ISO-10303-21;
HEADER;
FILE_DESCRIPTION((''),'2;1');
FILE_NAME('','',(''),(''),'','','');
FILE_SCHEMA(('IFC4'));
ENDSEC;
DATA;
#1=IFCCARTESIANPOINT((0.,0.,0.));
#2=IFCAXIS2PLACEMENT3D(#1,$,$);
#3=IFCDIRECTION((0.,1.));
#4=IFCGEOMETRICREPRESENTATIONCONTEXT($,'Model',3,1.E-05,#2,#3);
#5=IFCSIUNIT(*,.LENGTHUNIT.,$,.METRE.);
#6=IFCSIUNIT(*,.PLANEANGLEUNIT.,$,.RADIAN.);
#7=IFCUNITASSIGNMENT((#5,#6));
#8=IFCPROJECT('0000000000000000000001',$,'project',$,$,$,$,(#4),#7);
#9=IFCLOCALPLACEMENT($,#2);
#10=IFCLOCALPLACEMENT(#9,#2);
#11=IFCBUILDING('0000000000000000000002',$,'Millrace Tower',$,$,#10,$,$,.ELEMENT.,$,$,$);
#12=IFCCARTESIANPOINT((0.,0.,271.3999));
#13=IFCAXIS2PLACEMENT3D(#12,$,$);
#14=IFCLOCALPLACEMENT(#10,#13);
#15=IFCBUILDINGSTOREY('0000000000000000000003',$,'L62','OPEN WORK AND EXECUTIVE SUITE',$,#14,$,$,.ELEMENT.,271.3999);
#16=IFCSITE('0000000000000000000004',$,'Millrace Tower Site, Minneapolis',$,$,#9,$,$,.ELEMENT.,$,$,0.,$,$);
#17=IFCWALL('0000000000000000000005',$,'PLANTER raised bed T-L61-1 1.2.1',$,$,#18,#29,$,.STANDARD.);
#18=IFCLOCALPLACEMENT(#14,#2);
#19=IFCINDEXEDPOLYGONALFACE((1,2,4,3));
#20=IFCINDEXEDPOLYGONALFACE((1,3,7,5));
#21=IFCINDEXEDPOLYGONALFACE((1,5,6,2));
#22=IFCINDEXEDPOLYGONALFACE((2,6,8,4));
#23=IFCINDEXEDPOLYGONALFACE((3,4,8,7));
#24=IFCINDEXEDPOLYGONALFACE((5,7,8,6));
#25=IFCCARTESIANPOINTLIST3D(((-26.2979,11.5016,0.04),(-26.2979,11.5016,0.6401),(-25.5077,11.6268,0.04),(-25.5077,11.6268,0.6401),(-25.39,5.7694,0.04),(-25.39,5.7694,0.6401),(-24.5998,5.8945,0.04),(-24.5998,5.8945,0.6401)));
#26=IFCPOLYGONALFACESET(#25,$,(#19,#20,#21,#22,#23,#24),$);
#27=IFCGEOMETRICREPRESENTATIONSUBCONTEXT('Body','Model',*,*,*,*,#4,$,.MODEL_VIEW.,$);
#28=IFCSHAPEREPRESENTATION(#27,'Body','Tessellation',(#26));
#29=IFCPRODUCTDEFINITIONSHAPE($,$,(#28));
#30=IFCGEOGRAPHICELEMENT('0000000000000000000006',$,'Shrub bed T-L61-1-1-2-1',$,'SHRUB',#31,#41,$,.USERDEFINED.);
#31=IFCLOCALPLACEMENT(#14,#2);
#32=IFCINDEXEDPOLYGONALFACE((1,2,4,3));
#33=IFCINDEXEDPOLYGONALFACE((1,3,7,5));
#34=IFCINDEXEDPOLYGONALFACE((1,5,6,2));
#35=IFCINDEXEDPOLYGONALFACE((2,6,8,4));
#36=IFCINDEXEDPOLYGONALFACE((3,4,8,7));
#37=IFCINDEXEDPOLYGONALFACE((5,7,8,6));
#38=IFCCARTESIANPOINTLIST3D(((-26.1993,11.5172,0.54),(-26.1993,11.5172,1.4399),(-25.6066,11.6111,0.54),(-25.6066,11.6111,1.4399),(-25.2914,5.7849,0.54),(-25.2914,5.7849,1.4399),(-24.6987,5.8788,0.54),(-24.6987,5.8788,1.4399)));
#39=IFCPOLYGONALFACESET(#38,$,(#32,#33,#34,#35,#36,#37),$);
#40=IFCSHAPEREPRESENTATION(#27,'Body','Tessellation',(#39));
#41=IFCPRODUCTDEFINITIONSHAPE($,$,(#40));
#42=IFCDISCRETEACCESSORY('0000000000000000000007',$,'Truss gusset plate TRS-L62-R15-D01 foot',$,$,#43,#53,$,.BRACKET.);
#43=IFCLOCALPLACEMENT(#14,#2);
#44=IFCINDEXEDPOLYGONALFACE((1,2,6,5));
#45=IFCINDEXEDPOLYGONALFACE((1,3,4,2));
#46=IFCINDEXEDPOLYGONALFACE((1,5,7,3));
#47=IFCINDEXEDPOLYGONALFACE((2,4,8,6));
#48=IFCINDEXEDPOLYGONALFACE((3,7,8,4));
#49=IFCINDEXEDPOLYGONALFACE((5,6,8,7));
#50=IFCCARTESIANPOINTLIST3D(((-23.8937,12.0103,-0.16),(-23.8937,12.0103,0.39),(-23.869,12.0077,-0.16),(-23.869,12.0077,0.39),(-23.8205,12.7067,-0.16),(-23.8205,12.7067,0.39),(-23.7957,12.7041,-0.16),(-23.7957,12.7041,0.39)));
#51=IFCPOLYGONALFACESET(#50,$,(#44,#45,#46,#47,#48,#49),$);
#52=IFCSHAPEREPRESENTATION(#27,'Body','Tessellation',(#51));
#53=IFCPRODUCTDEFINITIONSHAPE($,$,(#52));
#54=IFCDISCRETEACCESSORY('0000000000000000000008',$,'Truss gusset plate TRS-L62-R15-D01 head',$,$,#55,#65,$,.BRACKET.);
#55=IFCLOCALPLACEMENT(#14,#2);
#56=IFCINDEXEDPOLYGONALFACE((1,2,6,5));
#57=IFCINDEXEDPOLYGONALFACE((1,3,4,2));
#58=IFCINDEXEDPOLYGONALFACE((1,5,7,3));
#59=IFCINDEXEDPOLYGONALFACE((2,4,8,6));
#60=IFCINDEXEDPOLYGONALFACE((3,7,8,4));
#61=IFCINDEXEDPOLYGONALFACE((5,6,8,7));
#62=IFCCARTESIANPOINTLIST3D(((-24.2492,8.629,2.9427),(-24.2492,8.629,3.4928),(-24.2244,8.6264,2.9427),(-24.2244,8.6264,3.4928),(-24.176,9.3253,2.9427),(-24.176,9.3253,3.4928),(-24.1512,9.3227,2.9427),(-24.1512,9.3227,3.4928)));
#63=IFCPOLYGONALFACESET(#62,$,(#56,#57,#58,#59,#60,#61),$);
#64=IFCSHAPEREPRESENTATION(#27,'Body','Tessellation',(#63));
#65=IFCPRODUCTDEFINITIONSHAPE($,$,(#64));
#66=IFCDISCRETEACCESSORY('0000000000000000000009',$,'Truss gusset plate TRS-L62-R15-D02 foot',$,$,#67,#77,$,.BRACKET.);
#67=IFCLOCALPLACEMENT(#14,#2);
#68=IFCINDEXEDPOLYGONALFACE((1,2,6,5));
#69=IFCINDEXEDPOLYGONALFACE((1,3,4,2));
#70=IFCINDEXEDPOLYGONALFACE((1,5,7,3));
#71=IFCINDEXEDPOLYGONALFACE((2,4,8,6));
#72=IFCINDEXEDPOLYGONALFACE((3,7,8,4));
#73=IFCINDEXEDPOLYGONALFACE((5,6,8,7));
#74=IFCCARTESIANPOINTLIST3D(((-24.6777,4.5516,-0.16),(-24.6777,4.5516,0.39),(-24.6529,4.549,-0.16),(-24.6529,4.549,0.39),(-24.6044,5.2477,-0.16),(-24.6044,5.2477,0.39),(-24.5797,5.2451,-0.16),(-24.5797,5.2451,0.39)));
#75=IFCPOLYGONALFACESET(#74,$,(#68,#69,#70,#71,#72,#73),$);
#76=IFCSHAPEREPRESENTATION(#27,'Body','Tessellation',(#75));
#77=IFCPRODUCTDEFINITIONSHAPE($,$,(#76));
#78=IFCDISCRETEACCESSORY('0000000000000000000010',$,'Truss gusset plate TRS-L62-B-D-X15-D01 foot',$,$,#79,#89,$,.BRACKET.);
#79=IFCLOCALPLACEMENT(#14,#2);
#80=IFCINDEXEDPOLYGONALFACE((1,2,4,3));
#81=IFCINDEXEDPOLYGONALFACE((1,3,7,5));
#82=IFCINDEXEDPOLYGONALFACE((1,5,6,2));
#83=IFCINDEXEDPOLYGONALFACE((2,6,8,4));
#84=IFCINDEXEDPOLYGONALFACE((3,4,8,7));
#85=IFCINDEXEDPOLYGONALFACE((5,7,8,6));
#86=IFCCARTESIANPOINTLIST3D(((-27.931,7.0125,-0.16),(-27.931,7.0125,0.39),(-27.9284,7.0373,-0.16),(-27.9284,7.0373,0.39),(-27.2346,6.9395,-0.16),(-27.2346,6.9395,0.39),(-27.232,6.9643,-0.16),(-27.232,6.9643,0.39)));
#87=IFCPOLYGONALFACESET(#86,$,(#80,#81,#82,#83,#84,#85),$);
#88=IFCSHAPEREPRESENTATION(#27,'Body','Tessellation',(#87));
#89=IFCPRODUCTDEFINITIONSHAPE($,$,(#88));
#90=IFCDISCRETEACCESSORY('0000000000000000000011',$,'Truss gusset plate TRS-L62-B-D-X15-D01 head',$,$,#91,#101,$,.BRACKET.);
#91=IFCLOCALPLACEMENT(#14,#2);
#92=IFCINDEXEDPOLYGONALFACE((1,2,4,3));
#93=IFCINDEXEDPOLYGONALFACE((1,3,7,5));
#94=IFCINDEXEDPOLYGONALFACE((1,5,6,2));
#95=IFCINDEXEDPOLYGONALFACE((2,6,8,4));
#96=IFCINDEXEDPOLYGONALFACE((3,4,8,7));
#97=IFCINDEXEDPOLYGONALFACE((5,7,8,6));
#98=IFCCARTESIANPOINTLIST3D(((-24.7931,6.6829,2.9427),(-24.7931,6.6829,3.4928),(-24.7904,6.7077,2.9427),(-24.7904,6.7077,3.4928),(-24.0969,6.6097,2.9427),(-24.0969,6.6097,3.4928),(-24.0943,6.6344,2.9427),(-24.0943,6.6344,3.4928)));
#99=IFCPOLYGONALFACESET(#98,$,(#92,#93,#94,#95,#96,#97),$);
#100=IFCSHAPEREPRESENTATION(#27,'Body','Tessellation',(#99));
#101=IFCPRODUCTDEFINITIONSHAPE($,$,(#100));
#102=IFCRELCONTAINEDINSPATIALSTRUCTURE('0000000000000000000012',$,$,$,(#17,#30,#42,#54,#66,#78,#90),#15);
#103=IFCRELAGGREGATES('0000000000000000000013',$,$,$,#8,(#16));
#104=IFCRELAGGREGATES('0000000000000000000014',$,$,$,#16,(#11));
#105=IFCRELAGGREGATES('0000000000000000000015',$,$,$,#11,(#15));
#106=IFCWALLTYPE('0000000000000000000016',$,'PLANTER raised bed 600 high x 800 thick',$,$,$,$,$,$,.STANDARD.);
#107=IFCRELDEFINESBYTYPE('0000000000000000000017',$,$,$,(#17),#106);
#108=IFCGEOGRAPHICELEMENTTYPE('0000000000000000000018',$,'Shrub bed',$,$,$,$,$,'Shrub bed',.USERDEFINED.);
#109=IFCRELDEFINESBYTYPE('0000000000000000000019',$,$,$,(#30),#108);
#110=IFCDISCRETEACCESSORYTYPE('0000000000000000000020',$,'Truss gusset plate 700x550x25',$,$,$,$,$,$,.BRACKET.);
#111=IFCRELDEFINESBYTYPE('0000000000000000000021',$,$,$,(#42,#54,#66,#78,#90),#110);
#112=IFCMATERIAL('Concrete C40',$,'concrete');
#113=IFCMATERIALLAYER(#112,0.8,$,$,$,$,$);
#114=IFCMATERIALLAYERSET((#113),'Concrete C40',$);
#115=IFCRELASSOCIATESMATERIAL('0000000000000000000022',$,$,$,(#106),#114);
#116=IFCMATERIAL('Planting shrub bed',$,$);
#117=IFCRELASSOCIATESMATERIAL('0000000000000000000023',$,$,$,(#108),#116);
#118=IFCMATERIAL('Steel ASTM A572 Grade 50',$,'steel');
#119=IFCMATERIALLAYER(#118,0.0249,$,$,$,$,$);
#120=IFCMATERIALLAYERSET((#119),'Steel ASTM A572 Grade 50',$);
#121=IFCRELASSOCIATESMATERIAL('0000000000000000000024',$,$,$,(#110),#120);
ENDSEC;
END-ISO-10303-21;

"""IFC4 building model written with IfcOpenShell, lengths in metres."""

from ifc_helpers import new_model, si_unit, direction, frame, frame_2d, origin, origin_2d, place, context, subcontext, project, spatial, rectangle, extrude, material, layer, layer_set, type_object, element, save


model = new_model("IFC4")

# Units and contexts
model_context = context("Model", 3, precision=1e-05, world=origin(), true_north=direction((0.0, 1.0)))
body_context = subcontext(model_context, "Body", "Model", "MODEL_VIEW")
ifc_project = project(units=[si_unit("LENGTHUNIT", "METRE"), si_unit("PLANEANGLEUNIT", "RADIAN")], contexts=[model_context])

# Site, building, storey
site_placement = place(None, origin())
site = spatial("IfcSite", under=ifc_project, at=site_placement, Name="Millrace Tower Site, Minneapolis", CompositionType="ELEMENT", RefElevation=0.0)
building_placement = place(site_placement, origin())
building = spatial("IfcBuilding", under=site, at=building_placement, Name="Millrace Tower", CompositionType="ELEMENT")
storey_placement = place(building_placement, frame((0.0, 0.0, 271.3999)))
storey = spatial("IfcBuildingStorey", under=building, at=storey_placement, Name="L62", Description="OPEN WORK AND EXECUTIVE SUITE", CompositionType="ELEMENT", Elevation=271.3999)

# Wall
ifc_material_1 = material(Name="Concrete C40", Category="concrete")
ifc_layer_1 = layer(ifc_material_1, 0.8)
ifc_layer_set_1 = layer_set([ifc_layer_1], Name="Concrete C40")
wall_type = type_object("IfcWallType", Name="PLANTER raised bed 600 high x 800 thick", PredefinedType="STANDARD", material=ifc_layer_set_1)
wall_placement = place(storey_placement, frame((-25.9028, 11.5642, 0.04), z_axis=(0.0, 0.0, 1.0), x_axis=(0.156446, -0.987686, 0.0)))
element("IfcWall", 1, at=wall_placement, inside=storey, type_object=wall_type, Name="PLANTER raised bed T-L61-1 1.2.1", PredefinedType="STANDARD", context=body_context, shape_type="SweptSolid", body=[
    extrude(rectangle(XDim=5.8037, YDim=0.8, at=frame_2d((2.9019, 0.0))), origin(), (0.0, 0.0, 1.0), 0.6001),
])

# Geographic element
ifc_material_2 = material(Name="Planting shrub bed")
geographic_element_type = type_object("IfcGeographicElementType", Name="Shrub bed", ElementType="Shrub bed", PredefinedType="USERDEFINED", material=ifc_material_2)
geographic_element_placement = place(storey_placement, frame((-25.449, 8.698, 0.54), z_axis=(0.0, 0.0, 1.0), x_axis=(0.156434, -0.987688, 0.0)))
element("IfcGeographicElement", 2, at=geographic_element_placement, inside=storey, type_object=geographic_element_type, Name="Shrub bed T-L61-1-1-2-1", ObjectType="SHRUB", PredefinedType="USERDEFINED", context=body_context, shape_type="SweptSolid", body=[
    extrude(rectangle(XDim=5.8037, YDim=0.6001, at=origin_2d()), origin(), (0.0, 0.0, 1.0), 0.8999),
])

# Discrete accessories
ifc_material_3 = material(Name="Steel ASTM A572 Grade 50", Category="steel")
ifc_layer_2 = layer(ifc_material_3, 0.0249)
ifc_layer_set_2 = layer_set([ifc_layer_2], Name="Steel ASTM A572 Grade 50")
discrete_accessory_type = type_object("IfcDiscreteAccessoryType", Name="Truss gusset plate 700x550x25", PredefinedType="BRACKET", material=ifc_layer_set_2)
for number, where, z_axis, x_axis, name in (
    (3, (-23.8813, 12.009, 0.115), (0.104612, 0.994513, 0.0), (-0.994513, 0.104612, 0.0), "Truss gusset plate TRS-L62-R15-D01 foot"),
    (4, (-24.2368, 8.6277, 3.2178), (0.104612, 0.994513, 0.0), (-0.994513, 0.104612, 0.0), "Truss gusset plate TRS-L62-R15-D01 head"),
):
    element("IfcDiscreteAccessory", number, at=place(storey_placement, frame(where, z_axis=z_axis, x_axis=x_axis)), inside=storey, type_object=discrete_accessory_type, Name=name, PredefinedType="BRACKET", context=body_context, shape_type="SweptSolid", body=[
        extrude(rectangle(XDim=0.0249, YDim=0.55, at=origin_2d()), origin(), (0.0, 0.0, 1.0), 0.7002),
    ])
discrete_accessory_1_placement = place(storey_placement, frame((-24.6653, 4.5503, 0.115), z_axis=(0.104648, 0.994509, 0.0), x_axis=(-0.994509, 0.104648, 0.0)))
element("IfcDiscreteAccessory", 5, at=discrete_accessory_1_placement, inside=storey, type_object=discrete_accessory_type, Name="Truss gusset plate TRS-L62-R15-D02 foot", PredefinedType="BRACKET", context=body_context, shape_type="SweptSolid", body=[
    extrude(rectangle(XDim=0.0249, YDim=0.55, at=origin_2d()), origin(), (0.0, 0.0, 1.0), 0.7),
])
discrete_accessory_2_placement = place(storey_placement, frame((-27.9297, 7.0249, 0.115), z_axis=(0.994549, -0.104267, 0.0), x_axis=(0.104267, 0.994549, 0.0)))
element("IfcDiscreteAccessory", 6, at=discrete_accessory_2_placement, inside=storey, type_object=discrete_accessory_type, Name="Truss gusset plate TRS-L62-B-D-X15-D01 foot", PredefinedType="BRACKET", context=body_context, shape_type="SweptSolid", body=[
    extrude(rectangle(XDim=0.0249, YDim=0.55, at=origin_2d()), origin(), (0.0, 0.0, 1.0), 0.7002),
])
discrete_accessory_3_placement = place(storey_placement, frame((-24.7917, 6.6953, 3.2178), z_axis=(0.994509, -0.104648, 0.0), x_axis=(0.104648, 0.994509, 0.0)))
element("IfcDiscreteAccessory", 7, at=discrete_accessory_3_placement, inside=storey, type_object=discrete_accessory_type, Name="Truss gusset plate TRS-L62-B-D-X15-D01 head", PredefinedType="BRACKET", context=body_context, shape_type="SweptSolid", body=[
    extrude(rectangle(XDim=0.0249, YDim=0.55, at=origin_2d()), origin(), (0.0, 0.0, 1.0), 0.7),
])

save(model, "model.ifc")
